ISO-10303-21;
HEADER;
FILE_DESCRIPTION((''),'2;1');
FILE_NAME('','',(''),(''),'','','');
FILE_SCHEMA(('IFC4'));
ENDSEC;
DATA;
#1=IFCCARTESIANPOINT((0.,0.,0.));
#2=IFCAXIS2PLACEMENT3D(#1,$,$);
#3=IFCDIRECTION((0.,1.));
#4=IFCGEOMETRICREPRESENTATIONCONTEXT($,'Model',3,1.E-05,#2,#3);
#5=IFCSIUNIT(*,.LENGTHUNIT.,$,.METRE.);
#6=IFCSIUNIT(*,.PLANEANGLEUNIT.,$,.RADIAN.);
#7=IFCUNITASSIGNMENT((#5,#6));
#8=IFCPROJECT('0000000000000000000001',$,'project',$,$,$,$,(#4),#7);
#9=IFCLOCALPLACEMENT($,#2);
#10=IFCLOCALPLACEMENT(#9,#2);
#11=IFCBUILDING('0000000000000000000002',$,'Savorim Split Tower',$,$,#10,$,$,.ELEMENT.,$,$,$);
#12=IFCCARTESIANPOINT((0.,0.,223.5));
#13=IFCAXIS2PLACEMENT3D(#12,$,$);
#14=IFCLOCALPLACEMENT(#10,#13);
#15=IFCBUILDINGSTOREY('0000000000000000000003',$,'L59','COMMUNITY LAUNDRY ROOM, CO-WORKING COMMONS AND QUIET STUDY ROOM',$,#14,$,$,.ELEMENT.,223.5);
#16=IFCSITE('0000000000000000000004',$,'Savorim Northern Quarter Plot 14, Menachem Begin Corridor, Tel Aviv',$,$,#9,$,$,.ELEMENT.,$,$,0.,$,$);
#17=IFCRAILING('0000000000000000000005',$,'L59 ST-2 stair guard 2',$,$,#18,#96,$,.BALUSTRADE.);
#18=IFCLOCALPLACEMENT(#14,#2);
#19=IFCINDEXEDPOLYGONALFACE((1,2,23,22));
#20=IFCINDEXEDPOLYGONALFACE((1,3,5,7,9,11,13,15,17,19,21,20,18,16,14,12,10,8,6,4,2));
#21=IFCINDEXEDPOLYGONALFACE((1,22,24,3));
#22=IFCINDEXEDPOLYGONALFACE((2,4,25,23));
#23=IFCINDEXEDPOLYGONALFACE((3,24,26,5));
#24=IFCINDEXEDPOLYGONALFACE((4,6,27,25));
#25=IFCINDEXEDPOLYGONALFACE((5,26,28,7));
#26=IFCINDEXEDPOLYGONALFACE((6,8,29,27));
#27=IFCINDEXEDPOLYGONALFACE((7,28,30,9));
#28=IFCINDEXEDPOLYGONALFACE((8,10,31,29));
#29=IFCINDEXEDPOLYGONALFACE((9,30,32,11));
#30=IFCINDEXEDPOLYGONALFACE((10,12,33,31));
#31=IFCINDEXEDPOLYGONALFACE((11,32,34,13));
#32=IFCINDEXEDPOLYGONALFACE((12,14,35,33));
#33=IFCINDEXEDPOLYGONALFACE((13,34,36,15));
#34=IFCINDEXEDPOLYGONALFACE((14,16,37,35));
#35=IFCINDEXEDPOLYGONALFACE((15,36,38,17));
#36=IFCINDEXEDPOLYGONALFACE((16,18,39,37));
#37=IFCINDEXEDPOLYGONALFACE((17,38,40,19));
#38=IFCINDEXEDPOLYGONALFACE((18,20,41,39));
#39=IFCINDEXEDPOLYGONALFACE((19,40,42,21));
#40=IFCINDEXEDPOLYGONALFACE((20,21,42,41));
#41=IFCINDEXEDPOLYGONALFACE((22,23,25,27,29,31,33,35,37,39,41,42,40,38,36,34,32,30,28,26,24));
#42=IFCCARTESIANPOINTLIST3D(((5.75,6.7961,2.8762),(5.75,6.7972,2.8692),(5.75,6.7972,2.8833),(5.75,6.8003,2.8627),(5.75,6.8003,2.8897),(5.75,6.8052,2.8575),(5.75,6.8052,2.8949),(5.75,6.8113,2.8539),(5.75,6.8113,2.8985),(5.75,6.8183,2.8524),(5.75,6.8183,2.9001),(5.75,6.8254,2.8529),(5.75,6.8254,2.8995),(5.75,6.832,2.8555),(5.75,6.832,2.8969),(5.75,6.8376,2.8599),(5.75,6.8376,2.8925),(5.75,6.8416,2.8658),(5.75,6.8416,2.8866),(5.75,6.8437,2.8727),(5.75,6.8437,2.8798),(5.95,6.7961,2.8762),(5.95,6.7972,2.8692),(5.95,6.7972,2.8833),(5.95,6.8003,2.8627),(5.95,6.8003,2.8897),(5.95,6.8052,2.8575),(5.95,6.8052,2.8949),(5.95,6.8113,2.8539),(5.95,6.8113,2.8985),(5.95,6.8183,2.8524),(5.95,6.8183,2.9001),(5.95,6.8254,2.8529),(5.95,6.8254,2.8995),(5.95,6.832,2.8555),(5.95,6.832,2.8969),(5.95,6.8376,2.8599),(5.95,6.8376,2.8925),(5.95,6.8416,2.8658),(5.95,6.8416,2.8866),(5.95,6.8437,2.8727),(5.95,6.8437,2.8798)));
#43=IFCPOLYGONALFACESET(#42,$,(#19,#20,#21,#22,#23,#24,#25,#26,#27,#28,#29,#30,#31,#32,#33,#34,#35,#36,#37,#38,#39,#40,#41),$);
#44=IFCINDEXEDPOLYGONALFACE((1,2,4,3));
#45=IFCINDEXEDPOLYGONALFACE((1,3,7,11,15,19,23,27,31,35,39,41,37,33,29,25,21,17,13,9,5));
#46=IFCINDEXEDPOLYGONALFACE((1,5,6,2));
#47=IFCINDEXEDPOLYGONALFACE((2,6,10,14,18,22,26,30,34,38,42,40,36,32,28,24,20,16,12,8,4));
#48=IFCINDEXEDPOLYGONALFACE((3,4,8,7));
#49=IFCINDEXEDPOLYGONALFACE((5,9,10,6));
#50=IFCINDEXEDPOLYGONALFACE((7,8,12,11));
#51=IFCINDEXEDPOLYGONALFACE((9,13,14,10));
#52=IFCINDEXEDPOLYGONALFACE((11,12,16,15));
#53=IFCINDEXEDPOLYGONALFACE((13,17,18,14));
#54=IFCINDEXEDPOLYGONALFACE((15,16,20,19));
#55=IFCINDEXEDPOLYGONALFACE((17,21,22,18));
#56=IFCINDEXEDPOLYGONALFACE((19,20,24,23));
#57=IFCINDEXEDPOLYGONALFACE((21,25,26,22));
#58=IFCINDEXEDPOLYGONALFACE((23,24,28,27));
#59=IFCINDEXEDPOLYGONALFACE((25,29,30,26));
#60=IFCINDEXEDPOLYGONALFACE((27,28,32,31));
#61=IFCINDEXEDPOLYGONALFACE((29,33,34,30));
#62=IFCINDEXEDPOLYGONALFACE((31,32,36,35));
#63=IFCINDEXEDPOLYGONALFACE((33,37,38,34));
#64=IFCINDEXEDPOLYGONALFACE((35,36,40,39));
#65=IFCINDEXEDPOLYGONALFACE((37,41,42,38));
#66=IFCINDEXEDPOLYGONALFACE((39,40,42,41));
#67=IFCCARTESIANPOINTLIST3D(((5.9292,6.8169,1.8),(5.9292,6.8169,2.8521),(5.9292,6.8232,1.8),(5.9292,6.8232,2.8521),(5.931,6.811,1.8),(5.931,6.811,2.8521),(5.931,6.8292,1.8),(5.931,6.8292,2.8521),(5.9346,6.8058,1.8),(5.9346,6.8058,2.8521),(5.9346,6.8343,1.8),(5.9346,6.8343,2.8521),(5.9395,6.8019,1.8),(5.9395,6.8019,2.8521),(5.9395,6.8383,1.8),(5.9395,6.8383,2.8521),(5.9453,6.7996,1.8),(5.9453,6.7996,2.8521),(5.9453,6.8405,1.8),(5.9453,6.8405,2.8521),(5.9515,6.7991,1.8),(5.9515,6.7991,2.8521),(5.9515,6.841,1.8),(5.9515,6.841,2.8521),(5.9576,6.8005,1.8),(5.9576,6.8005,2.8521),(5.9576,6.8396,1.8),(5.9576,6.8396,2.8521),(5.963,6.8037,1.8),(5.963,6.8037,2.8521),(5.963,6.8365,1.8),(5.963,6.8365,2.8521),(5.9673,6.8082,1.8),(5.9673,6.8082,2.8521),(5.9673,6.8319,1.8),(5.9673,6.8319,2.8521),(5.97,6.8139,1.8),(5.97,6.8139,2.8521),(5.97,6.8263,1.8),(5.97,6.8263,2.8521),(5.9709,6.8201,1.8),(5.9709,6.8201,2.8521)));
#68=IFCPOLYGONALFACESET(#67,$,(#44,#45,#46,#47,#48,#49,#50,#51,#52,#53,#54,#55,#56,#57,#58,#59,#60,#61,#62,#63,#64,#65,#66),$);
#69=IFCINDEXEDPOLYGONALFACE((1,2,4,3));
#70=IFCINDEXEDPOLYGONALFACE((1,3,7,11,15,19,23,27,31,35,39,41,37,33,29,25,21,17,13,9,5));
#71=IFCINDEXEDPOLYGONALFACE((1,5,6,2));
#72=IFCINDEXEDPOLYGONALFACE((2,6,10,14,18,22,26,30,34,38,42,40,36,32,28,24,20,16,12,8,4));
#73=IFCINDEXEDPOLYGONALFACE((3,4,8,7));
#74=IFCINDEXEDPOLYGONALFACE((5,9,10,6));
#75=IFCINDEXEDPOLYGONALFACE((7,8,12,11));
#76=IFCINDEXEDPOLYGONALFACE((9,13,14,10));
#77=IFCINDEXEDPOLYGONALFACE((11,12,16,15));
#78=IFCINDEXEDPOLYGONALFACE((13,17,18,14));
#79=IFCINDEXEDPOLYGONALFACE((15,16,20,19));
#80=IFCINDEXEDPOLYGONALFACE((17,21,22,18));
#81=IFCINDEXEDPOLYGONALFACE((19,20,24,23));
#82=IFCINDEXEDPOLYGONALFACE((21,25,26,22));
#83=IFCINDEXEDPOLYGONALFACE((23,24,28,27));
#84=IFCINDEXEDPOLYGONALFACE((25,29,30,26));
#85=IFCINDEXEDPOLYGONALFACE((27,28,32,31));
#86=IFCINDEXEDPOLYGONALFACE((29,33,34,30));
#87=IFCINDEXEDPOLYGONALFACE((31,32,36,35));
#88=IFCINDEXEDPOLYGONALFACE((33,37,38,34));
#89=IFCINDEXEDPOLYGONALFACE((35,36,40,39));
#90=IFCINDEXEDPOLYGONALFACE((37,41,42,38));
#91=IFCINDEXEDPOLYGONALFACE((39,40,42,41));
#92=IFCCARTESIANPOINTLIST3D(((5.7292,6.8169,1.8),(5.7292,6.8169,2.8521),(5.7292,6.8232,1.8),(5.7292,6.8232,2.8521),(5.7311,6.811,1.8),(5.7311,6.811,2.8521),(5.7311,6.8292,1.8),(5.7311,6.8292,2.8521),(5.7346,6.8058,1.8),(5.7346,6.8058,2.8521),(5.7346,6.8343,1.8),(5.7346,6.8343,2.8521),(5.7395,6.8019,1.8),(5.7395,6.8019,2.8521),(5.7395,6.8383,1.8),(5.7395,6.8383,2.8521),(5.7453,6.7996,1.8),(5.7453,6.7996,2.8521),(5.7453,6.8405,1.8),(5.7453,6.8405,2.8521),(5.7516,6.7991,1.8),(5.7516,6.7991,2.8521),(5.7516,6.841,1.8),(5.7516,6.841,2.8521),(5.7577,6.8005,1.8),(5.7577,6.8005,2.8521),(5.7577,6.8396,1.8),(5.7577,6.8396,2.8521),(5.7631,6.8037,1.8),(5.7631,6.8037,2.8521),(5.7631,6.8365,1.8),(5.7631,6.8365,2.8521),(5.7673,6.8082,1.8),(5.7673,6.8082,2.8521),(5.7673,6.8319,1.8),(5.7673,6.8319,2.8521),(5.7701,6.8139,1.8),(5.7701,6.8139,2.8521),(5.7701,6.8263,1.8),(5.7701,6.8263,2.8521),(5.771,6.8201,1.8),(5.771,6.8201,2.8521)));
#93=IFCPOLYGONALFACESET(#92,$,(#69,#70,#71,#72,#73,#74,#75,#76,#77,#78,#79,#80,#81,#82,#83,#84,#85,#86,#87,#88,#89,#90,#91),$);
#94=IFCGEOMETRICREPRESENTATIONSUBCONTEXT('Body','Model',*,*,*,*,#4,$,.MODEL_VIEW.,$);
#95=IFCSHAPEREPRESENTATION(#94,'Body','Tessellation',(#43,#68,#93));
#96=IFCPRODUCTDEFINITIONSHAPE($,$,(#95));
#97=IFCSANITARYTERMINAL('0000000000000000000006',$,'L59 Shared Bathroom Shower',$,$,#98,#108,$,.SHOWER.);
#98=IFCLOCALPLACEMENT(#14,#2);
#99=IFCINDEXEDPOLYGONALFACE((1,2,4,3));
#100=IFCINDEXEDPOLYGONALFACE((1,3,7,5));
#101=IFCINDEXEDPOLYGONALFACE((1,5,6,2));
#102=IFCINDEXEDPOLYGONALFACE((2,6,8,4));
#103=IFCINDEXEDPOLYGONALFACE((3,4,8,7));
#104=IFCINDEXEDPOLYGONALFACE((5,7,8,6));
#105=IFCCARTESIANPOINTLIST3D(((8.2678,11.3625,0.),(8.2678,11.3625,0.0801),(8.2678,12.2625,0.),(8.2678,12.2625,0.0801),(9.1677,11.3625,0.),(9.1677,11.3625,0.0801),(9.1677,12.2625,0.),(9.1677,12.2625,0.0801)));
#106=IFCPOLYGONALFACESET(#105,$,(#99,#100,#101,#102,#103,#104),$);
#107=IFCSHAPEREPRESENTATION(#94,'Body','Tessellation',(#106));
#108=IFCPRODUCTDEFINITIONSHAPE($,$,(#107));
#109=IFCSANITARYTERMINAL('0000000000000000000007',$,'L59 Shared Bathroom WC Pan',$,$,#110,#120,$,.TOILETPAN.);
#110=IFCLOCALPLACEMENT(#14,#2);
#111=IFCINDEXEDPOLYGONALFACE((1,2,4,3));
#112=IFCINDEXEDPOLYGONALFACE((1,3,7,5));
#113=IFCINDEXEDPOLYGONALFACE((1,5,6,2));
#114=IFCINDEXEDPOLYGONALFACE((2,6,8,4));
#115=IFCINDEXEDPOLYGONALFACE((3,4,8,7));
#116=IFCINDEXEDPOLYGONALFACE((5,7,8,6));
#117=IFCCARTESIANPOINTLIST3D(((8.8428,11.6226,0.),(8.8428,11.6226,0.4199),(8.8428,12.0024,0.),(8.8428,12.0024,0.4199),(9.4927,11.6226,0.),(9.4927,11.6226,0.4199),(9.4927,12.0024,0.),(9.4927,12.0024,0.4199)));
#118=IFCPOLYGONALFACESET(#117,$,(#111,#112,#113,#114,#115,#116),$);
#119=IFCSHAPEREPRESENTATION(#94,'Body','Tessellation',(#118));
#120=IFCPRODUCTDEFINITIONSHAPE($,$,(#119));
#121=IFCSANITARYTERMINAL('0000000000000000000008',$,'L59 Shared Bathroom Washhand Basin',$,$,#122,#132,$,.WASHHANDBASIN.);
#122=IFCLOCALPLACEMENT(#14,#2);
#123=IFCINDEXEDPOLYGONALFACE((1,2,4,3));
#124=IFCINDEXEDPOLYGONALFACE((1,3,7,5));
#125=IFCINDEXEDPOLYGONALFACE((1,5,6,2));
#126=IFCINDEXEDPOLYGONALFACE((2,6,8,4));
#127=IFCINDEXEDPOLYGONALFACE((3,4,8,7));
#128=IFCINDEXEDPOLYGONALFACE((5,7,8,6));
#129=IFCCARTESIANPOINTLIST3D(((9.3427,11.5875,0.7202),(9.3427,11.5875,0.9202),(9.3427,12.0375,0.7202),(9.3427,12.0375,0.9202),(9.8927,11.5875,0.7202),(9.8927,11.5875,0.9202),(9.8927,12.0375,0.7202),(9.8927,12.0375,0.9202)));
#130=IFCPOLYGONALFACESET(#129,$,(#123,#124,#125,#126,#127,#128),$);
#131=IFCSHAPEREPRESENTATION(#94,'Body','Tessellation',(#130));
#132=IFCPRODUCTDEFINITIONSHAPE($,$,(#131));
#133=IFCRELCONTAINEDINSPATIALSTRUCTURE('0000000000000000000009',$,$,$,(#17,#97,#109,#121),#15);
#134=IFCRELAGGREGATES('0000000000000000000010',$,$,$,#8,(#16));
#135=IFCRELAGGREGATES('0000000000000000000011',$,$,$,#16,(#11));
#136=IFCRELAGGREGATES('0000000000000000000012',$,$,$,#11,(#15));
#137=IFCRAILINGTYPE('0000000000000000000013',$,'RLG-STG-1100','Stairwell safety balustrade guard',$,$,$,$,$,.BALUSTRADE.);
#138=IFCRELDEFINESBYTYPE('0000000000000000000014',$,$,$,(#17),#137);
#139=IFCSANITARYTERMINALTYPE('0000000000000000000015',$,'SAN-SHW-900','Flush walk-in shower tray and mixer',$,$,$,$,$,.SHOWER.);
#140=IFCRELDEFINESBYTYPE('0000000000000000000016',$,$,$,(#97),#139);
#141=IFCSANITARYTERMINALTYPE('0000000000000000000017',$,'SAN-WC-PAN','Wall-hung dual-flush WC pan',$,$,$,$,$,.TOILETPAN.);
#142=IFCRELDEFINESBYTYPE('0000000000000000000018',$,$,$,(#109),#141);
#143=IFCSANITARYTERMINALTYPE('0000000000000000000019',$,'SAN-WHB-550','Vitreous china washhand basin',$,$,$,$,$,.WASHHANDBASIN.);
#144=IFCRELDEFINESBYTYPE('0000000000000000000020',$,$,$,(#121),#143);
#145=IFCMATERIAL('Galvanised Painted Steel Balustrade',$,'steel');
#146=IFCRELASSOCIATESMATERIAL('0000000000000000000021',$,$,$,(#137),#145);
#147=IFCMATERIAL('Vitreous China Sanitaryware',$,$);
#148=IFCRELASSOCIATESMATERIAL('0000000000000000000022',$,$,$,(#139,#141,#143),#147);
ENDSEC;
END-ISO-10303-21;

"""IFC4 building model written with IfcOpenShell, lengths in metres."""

from ifc_helpers import new_model, si_unit, direction, frame, origin, origin_2d, place, context, subcontext, project, spatial, rectangle, circle, extrude, material, type_object, element, save


model = new_model("IFC4")

# Units and contexts
model_context = context("Model", 3, precision=1e-05, world=origin(), true_north=direction((0.0, 1.0)))
body_context = subcontext(model_context, "Body", "Model", "MODEL_VIEW")
ifc_project = project(units=[si_unit("LENGTHUNIT", "METRE"), si_unit("PLANEANGLEUNIT", "RADIAN")], contexts=[model_context])

# Site, building, storey
site_placement = place(None, origin())
site = spatial("IfcSite", under=ifc_project, at=site_placement, Name="Savorim Northern Quarter Plot 14, Menachem Begin Corridor, Tel Aviv", CompositionType="ELEMENT", RefElevation=0.0)
building_placement = place(site_placement, origin())
building = spatial("IfcBuilding", under=site, at=building_placement, Name="Savorim Split Tower", CompositionType="ELEMENT")
storey_placement = place(building_placement, frame((0.0, 0.0, 223.5)))
storey = spatial("IfcBuildingStorey", under=building, at=storey_placement, Name="L59", Description="COMMUNITY LAUNDRY ROOM, CO-WORKING COMMONS AND QUIET STUDY ROOM", CompositionType="ELEMENT", Elevation=223.5)

# Railing
ifc_material_1 = material(Name="Galvanised Painted Steel Balustrade", Category="steel")
railing_type = type_object("IfcRailingType", Name="RLG-STG-1100", Description="Stairwell safety balustrade guard", PredefinedType="BALUSTRADE", material=ifc_material_1)
railing_placement = place(storey_placement, frame((5.95, 6.8201, 1.8)))
element("IfcRailing", 1, at=railing_placement, inside=storey, type_object=railing_type, Name="L59 ST-2 stair guard 2", PredefinedType="BALUSTRADE", context=body_context, shape_type="SweptSolid", body=[
    extrude(circle(Radius=0.0239, at=origin_2d()), frame((0.0, 0.0, 1.0762), z_axis=(-1.0, 0.0, 0.0), x_axis=(0.0, -1.0, 0.0)), (0.0, 0.0, 1.0), 0.2),
    extrude(circle(Radius=0.021, at=origin_2d()), origin(), (0.0, 0.0, 1.0), 1.052),
    extrude(circle(Radius=0.021, at=origin_2d()), frame((-0.2, 0.0, 0.0)), (0.0, 0.0, 1.0), 1.052),
])

# Sanitary terminals
ifc_material_2 = material(Name="Vitreous China Sanitaryware")
sanitary_terminal_type_1 = type_object("IfcSanitaryTerminalType", Name="SAN-SHW-900", Description="Flush walk-in shower tray and mixer", PredefinedType="SHOWER", material=ifc_material_2)
sanitary_terminal_1_placement = place(storey_placement, frame((8.7178, 11.8125, 0.0), z_axis=(0.0, 0.0, 1.0), x_axis=(1.0, 0.0, 0.0)))
element("IfcSanitaryTerminal", 2, at=sanitary_terminal_1_placement, inside=storey, type_object=sanitary_terminal_type_1, Name="L59 Shared Bathroom Shower", PredefinedType="SHOWER", context=body_context, shape_type="SweptSolid", body=[
    extrude(rectangle(XDim=0.8999, YDim=0.8999, at=origin_2d()), origin(), (0.0, 0.0, 1.0), 0.0801),
])
sanitary_terminal_type_2 = type_object("IfcSanitaryTerminalType", Name="SAN-WC-PAN", Description="Wall-hung dual-flush WC pan", PredefinedType="TOILETPAN", material=ifc_material_2)
sanitary_terminal_2_placement = place(storey_placement, frame((9.1677, 11.8125, 0.0), z_axis=(0.0, 0.0, 1.0), x_axis=(1.0, 0.0, 0.0)))
element("IfcSanitaryTerminal", 3, at=sanitary_terminal_2_placement, inside=storey, type_object=sanitary_terminal_type_2, Name="L59 Shared Bathroom WC Pan", PredefinedType="TOILETPAN", context=body_context, shape_type="SweptSolid", body=[
    extrude(rectangle(XDim=0.6499, YDim=0.3799, at=origin_2d()), origin(), (0.0, 0.0, 1.0), 0.4199),
])
sanitary_terminal_type_3 = type_object("IfcSanitaryTerminalType", Name="SAN-WHB-550", Description="Vitreous china washhand basin", PredefinedType="WASHHANDBASIN", material=ifc_material_2)
sanitary_terminal_3_placement = place(storey_placement, frame((9.6177, 11.8125, 0.7202), z_axis=(0.0, 0.0, 1.0), x_axis=(1.0, 0.0, 0.0)))
element("IfcSanitaryTerminal", 4, at=sanitary_terminal_3_placement, inside=storey, type_object=sanitary_terminal_type_3, Name="L59 Shared Bathroom Washhand Basin", PredefinedType="WASHHANDBASIN", context=body_context, shape_type="SweptSolid", body=[
    extrude(rectangle(XDim=0.55, YDim=0.45, at=origin_2d()), origin(), (0.0, 0.0, 1.0), 0.2),
])

save(model, "model.ifc")
